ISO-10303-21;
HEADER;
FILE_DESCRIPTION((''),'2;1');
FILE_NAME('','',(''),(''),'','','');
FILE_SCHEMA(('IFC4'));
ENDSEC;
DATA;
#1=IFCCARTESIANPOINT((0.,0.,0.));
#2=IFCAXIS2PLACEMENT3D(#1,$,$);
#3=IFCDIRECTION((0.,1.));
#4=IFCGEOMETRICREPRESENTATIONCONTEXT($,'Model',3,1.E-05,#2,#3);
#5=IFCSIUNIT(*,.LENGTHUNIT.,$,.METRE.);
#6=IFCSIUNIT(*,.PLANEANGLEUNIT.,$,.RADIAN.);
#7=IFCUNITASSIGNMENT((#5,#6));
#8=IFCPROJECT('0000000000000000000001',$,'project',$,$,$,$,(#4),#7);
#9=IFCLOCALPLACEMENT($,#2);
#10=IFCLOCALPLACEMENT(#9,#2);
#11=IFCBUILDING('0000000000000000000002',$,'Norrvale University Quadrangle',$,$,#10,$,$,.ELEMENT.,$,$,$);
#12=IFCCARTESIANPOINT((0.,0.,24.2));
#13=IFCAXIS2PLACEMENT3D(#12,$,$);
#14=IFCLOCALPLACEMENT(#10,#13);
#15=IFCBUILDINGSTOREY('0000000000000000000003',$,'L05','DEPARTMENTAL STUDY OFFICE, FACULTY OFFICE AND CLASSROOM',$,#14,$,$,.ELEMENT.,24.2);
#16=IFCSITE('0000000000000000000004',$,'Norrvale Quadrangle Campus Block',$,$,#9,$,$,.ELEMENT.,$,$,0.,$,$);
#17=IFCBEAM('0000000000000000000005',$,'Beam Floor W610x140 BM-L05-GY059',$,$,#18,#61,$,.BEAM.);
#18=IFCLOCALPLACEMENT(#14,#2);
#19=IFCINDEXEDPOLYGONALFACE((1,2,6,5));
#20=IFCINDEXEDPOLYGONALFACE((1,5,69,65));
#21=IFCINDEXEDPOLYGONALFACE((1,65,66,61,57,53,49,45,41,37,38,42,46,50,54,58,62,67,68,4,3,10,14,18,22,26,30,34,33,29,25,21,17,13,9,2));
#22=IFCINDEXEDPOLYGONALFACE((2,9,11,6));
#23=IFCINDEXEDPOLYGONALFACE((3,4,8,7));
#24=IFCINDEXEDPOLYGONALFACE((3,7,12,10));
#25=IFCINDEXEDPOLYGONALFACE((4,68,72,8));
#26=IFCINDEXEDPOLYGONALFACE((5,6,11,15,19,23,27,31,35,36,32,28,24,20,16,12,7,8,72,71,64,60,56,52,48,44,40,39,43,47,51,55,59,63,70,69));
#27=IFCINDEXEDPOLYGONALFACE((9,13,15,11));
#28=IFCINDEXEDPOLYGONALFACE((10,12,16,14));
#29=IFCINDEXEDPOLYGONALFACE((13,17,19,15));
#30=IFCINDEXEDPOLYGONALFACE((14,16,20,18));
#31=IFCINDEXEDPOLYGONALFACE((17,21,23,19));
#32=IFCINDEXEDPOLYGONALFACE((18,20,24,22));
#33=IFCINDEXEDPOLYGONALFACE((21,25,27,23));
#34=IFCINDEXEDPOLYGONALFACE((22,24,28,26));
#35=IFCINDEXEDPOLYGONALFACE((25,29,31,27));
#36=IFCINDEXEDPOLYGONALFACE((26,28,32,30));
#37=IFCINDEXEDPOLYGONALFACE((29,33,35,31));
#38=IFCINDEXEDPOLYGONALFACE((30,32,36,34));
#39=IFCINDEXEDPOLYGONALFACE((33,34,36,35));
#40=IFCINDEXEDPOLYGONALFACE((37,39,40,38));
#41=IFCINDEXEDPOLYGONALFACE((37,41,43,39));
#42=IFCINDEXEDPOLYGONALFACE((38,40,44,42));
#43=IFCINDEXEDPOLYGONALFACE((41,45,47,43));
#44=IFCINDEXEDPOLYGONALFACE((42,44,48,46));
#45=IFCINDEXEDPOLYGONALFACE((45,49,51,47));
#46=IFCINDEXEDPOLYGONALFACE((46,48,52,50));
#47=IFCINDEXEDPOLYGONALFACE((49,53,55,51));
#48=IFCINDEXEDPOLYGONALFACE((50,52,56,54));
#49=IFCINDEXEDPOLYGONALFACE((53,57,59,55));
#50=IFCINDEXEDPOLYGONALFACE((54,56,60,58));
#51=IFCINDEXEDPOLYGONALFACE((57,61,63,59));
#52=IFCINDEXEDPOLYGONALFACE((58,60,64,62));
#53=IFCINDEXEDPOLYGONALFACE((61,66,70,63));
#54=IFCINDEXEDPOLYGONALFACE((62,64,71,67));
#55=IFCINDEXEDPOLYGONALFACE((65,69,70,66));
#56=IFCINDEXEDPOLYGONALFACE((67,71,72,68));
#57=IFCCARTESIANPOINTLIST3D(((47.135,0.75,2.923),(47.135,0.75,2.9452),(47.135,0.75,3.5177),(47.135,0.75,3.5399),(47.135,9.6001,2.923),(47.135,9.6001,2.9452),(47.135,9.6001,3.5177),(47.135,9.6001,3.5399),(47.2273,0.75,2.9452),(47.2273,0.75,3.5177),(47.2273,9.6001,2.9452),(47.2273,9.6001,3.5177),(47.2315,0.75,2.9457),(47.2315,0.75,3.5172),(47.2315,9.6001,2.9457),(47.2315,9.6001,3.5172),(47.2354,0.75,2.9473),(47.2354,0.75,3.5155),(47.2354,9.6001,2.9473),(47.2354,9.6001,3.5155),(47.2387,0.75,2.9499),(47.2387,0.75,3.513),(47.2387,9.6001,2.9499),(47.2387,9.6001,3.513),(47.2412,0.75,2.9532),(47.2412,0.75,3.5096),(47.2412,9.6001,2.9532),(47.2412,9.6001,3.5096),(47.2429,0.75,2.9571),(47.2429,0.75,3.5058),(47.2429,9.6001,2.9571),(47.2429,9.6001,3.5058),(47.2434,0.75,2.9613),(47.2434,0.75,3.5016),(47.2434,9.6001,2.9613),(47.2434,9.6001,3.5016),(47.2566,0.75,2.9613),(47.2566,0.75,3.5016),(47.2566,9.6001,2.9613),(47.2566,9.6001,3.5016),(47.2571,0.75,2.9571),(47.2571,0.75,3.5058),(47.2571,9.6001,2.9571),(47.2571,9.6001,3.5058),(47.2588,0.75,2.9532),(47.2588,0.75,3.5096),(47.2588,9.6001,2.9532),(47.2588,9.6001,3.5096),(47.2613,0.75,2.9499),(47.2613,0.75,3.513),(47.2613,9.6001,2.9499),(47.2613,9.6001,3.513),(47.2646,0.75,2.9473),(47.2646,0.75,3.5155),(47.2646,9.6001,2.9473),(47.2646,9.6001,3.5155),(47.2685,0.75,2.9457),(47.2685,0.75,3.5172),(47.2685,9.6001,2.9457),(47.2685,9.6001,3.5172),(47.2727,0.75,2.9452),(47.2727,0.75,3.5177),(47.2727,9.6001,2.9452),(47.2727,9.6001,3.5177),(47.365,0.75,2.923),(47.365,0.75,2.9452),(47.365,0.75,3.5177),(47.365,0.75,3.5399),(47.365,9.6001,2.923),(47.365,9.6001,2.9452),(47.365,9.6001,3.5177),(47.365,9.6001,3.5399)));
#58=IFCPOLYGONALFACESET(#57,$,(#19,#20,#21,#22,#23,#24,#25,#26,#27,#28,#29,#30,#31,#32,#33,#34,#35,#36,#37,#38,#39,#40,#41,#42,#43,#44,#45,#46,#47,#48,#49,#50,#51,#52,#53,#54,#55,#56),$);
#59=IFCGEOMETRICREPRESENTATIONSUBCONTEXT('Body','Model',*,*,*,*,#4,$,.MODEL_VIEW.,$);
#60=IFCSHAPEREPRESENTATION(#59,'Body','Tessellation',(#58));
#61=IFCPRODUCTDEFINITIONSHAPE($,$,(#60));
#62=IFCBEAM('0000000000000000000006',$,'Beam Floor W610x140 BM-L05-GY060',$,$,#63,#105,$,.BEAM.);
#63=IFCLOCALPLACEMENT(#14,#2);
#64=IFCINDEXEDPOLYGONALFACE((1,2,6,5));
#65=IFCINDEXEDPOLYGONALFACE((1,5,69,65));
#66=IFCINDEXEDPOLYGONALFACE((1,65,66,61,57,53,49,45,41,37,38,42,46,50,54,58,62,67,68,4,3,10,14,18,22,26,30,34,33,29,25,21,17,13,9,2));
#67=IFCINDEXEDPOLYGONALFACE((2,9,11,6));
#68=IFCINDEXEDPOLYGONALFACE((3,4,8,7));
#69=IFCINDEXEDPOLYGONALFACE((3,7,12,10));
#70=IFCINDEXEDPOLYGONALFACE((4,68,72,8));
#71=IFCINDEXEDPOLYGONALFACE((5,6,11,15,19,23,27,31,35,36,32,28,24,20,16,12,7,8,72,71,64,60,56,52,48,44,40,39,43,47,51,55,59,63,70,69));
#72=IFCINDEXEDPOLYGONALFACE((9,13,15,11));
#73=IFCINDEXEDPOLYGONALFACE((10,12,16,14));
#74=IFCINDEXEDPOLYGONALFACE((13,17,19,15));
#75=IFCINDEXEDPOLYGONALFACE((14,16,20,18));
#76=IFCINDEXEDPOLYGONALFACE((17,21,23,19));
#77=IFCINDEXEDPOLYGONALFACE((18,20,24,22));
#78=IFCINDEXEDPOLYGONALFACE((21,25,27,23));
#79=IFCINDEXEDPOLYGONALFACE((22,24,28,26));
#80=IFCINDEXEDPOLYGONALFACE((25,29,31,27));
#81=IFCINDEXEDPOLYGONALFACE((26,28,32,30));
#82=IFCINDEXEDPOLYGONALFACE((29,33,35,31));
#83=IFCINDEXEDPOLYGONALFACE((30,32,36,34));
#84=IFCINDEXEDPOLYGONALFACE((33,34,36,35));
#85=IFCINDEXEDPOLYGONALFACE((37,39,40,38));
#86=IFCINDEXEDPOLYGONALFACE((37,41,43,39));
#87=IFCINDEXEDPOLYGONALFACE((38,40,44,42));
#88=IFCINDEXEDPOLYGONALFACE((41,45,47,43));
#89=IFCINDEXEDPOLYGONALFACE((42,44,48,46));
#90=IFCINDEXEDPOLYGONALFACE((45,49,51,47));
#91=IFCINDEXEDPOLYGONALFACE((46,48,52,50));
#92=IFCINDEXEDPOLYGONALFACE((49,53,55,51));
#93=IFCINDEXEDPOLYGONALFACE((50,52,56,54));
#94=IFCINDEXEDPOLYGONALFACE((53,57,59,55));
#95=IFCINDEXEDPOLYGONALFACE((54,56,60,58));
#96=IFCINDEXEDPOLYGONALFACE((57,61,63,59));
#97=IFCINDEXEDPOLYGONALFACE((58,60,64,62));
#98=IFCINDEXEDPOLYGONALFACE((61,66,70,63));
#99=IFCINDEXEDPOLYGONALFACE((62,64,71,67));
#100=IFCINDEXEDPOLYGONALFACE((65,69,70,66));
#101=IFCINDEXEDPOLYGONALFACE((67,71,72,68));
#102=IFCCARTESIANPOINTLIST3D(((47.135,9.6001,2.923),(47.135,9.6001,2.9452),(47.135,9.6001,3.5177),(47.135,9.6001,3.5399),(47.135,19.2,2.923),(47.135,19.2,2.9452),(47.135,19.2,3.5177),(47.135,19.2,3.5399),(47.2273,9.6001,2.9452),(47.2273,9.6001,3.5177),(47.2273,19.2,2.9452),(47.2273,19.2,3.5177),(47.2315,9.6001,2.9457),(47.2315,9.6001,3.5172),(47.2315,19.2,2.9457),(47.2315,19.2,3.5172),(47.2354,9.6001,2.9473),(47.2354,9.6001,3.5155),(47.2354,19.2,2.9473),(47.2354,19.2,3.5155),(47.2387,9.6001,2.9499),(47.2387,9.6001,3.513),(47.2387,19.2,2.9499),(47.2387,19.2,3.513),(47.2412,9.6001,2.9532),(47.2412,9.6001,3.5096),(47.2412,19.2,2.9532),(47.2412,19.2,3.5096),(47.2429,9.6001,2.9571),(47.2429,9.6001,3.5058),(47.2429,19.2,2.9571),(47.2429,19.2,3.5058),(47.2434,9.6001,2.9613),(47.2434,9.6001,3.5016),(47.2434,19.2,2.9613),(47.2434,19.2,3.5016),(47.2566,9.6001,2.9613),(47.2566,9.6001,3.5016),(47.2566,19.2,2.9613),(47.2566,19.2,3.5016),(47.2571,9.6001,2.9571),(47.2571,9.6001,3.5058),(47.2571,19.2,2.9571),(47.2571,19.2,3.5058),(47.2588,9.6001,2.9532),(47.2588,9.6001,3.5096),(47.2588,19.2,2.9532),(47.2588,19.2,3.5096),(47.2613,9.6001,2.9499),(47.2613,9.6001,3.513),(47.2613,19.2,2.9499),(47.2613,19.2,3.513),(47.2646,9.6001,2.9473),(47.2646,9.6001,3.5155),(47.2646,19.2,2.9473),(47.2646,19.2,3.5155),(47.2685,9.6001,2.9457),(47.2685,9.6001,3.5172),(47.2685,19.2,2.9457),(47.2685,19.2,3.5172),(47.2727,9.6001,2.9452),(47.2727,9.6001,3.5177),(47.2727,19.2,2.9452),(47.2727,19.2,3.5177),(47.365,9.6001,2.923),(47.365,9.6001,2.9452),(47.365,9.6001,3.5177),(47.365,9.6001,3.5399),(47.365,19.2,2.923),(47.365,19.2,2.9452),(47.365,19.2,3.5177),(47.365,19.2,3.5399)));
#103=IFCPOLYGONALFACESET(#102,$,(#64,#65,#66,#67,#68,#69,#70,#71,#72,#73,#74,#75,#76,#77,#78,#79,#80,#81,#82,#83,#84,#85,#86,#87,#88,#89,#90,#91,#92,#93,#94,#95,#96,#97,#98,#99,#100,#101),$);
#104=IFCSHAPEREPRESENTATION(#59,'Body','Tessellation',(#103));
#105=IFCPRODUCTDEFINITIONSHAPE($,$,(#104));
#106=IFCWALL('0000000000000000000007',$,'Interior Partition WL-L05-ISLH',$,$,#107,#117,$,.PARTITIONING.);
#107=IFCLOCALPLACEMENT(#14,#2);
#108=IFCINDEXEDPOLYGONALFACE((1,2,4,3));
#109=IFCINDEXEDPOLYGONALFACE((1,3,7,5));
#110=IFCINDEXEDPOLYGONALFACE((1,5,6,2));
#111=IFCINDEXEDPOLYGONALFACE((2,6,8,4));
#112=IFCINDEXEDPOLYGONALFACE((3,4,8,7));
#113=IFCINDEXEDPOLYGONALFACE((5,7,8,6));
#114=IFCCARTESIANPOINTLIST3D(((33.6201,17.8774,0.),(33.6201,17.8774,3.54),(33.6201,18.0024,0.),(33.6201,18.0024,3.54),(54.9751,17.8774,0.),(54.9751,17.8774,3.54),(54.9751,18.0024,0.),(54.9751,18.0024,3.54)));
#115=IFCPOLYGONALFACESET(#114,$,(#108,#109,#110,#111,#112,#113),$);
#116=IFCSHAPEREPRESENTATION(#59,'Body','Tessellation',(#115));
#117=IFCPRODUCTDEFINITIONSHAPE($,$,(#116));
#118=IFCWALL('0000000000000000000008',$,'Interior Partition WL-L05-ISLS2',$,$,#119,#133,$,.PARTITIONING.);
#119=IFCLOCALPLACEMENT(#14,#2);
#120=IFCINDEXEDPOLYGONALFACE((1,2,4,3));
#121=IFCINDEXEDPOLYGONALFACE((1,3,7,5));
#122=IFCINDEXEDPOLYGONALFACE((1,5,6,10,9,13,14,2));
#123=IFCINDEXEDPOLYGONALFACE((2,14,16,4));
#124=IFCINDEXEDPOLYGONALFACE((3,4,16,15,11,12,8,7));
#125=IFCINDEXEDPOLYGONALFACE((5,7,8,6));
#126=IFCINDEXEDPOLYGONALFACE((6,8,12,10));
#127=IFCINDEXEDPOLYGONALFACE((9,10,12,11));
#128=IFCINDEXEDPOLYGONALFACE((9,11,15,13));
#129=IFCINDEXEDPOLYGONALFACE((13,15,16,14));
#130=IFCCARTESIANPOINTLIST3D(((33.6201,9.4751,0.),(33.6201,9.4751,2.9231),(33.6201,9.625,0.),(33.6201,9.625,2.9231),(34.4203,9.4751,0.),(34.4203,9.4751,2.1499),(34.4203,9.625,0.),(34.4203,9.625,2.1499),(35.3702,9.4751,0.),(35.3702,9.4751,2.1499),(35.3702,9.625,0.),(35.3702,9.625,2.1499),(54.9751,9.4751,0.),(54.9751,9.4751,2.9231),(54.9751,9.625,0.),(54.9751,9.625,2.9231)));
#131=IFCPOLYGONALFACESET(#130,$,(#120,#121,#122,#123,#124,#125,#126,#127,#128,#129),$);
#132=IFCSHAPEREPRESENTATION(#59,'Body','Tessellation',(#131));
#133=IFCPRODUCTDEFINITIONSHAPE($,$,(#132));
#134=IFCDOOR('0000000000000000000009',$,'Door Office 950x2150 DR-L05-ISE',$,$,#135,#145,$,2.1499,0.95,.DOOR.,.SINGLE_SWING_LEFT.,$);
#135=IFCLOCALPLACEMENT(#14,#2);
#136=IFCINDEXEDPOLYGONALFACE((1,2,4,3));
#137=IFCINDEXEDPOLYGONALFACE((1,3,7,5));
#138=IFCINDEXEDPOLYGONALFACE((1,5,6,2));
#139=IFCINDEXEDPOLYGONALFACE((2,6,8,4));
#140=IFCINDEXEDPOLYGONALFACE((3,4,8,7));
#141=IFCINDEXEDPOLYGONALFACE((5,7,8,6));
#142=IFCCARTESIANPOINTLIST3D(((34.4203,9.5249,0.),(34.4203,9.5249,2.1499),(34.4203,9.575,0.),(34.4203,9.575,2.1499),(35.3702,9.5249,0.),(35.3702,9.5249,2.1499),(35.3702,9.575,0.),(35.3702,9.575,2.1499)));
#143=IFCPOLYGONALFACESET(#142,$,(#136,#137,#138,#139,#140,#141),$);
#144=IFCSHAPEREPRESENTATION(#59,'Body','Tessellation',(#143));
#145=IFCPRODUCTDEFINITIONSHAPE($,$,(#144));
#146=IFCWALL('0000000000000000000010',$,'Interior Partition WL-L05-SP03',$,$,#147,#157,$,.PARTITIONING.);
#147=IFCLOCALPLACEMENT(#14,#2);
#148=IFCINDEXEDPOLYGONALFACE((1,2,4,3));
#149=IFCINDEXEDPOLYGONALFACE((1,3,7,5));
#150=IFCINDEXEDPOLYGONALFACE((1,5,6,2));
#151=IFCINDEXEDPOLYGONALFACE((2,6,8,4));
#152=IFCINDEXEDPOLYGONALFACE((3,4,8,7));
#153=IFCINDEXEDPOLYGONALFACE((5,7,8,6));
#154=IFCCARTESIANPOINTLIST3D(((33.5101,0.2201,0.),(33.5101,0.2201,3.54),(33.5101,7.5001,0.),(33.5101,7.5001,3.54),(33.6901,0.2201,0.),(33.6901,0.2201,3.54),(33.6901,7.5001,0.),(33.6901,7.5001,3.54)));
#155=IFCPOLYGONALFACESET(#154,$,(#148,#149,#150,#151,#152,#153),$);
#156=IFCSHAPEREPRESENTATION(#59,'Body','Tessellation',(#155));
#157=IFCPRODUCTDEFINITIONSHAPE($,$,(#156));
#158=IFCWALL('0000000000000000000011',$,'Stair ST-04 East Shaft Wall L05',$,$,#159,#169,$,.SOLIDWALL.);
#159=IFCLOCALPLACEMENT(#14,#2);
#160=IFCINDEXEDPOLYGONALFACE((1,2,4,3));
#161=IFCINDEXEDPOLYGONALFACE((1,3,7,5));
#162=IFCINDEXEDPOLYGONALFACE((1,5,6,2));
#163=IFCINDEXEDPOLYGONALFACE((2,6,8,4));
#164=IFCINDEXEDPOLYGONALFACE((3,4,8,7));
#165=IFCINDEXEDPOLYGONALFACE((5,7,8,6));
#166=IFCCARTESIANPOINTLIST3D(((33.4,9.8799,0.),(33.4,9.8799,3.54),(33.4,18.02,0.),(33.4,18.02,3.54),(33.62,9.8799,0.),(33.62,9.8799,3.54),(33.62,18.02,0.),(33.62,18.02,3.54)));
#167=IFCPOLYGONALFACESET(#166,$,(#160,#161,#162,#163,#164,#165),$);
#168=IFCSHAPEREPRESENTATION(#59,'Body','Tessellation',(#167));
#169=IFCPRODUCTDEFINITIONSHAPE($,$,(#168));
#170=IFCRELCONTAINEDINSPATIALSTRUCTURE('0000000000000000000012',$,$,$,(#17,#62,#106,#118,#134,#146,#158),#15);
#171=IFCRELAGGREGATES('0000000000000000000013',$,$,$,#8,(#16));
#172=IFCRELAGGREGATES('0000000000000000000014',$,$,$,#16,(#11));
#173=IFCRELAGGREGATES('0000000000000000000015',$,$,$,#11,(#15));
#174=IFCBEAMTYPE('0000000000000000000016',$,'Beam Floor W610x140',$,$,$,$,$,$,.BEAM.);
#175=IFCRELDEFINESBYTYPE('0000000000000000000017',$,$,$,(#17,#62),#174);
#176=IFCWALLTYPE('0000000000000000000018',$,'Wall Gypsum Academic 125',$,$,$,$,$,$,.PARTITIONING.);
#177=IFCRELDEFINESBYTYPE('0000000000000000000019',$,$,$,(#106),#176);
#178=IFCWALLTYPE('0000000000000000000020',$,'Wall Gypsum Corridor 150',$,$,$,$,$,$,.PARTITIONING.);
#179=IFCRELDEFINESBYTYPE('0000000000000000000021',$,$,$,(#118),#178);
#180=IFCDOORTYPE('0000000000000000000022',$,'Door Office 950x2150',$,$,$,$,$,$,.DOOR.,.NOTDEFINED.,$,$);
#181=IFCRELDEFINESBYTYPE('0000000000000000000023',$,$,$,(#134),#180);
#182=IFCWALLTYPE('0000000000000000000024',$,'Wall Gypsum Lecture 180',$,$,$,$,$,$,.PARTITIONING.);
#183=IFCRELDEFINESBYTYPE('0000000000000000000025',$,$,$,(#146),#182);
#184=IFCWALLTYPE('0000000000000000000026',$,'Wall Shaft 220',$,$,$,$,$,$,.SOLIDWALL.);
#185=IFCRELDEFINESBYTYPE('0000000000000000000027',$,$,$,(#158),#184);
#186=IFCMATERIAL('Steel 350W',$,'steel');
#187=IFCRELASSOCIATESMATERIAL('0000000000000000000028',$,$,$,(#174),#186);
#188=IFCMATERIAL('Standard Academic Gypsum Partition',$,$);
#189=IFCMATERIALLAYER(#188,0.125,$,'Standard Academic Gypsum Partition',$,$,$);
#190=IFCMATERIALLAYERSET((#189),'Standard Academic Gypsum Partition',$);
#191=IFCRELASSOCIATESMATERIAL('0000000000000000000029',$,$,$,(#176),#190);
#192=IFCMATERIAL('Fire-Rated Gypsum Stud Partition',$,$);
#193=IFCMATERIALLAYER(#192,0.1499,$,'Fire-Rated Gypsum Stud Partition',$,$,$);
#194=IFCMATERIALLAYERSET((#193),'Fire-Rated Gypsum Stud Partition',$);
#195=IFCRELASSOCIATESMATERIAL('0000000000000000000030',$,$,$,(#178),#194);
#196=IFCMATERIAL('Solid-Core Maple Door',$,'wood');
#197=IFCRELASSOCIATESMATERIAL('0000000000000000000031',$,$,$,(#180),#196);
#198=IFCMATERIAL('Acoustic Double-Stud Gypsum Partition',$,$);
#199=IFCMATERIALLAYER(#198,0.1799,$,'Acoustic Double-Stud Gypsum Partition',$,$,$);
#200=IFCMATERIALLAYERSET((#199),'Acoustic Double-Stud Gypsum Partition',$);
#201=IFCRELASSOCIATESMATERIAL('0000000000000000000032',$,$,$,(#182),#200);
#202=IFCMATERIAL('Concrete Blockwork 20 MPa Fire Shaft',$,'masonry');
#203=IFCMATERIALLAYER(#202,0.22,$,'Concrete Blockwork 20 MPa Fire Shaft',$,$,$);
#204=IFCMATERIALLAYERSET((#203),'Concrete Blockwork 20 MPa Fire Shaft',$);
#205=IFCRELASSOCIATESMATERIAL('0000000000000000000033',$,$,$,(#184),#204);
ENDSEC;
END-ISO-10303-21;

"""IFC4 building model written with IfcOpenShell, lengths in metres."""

from ifc_helpers import new_model, si_unit, direction, frame, frame_2d, origin, origin_2d, place, context, subcontext, project, spatial, rectangle, i_section, extrude, material, layer, layer_set, material_profile, profile_set, type_object, element, fill, save


model = new_model("IFC4")

# Units and contexts
model_context = context("Model", 3, precision=1e-05, world=origin(), true_north=direction((0.0, 1.0)))
body_context = subcontext(model_context, "Body", "Model", "MODEL_VIEW")
ifc_project = project(units=[si_unit("LENGTHUNIT", "METRE"), si_unit("PLANEANGLEUNIT", "RADIAN")], contexts=[model_context])

# Site, building, storey
site_placement = place(None, origin())
site = spatial("IfcSite", under=ifc_project, at=site_placement, Name="Norrvale Quadrangle Campus Block", CompositionType="ELEMENT", RefElevation=0.0)
building_placement = place(site_placement, origin())
building = spatial("IfcBuilding", under=site, at=building_placement, Name="Norrvale University Quadrangle", CompositionType="ELEMENT")
storey_placement = place(building_placement, frame((0.0, 0.0, 24.2)))
storey = spatial("IfcBuildingStorey", under=building, at=storey_placement, Name="L05", Description="DEPARTMENTAL STUDY OFFICE, FACULTY OFFICE AND CLASSROOM", CompositionType="ELEMENT", Elevation=24.2)

# Beams
ifc_material_1 = material(Name="Steel 350W", Category="steel")
ifc_material_profile_1 = material_profile(ifc_material_1, i_section(OverallWidth=0.23, OverallDepth=0.6169, WebThickness=0.0132, FlangeThickness=0.0222, FilletRadius=0.0161, at=origin_2d()), Name="Steel 350W")
ifc_profile_set_1 = profile_set([ifc_material_profile_1], Name="Steel 350W")
beam_type_1 = type_object("IfcBeamType", Name="Beam Floor W610x140", PredefinedType="BEAM", material=ifc_profile_set_1)
beam_1_placement = place(storey_placement, frame((47.25, 0.75, 3.2314), z_axis=(0.0, 1.0, 0.0), x_axis=(-1.0, 0.0, 0.0)))
element("IfcBeam", 1, at=beam_1_placement, inside=storey, type_object=beam_type_1, Name="Beam Floor W610x140 BM-L05-GY059", PredefinedType="BEAM", context=body_context, shape_type="SweptSolid", body=[
    extrude(i_section(OverallWidth=0.23, OverallDepth=0.6169, WebThickness=0.0132, FlangeThickness=0.0222, FilletRadius=0.0161, at=origin_2d()), origin(), (0.0, 0.0, 1.0), 8.8501),
])
beam_2_placement = place(storey_placement, frame((47.25, 9.6001, 3.2314), z_axis=(0.0, 1.0, 0.0), x_axis=(-1.0, 0.0, 0.0)))
element("IfcBeam", 2, at=beam_2_placement, inside=storey, type_object=beam_type_1, Name="Beam Floor W610x140 BM-L05-GY060", PredefinedType="BEAM", context=body_context, shape_type="SweptSolid", body=[
    extrude(i_section(OverallWidth=0.23, OverallDepth=0.6169, WebThickness=0.0132, FlangeThickness=0.0222, FilletRadius=0.0161, at=origin_2d()), origin(), (0.0, 0.0, 1.0), 9.5999),
])

# Wall
ifc_material_2 = material(Name="Standard Academic Gypsum Partition")
ifc_layer_1 = layer(ifc_material_2, 0.125, Name="Standard Academic Gypsum Partition")
ifc_layer_set_1 = layer_set([ifc_layer_1], Name="Standard Academic Gypsum Partition")
wall_type_1 = type_object("IfcWallType", Name="Wall Gypsum Academic 125", PredefinedType="PARTITIONING", material=ifc_layer_set_1)
wall_1_placement = place(storey_placement, frame((33.6201, 17.9399, 0.0), z_axis=(0.0, 0.0, 1.0), x_axis=(1.0, 0.0, 0.0)))
element("IfcWall", 3, at=wall_1_placement, inside=storey, type_object=wall_type_1, Name="Interior Partition WL-L05-ISLH", PredefinedType="PARTITIONING", context=body_context, shape_type="SweptSolid", body=[
    extrude(rectangle(XDim=21.355, YDim=0.125, at=frame_2d((10.6775, 0.0))), origin(), (0.0, 0.0, 1.0), 3.54),
])

# Wall, opening, door
ifc_material_3 = material(Name="Fire-Rated Gypsum Stud Partition")
ifc_layer_2 = layer(ifc_material_3, 0.1499, Name="Fire-Rated Gypsum Stud Partition")
ifc_layer_set_2 = layer_set([ifc_layer_2], Name="Fire-Rated Gypsum Stud Partition")
wall_type_2 = type_object("IfcWallType", Name="Wall Gypsum Corridor 150", PredefinedType="PARTITIONING", material=ifc_layer_set_2)
wall_2_placement = place(storey_placement, frame((33.6201, 9.55, 0.0), z_axis=(0.0, 0.0, 1.0), x_axis=(1.0, 0.0, 0.0)))
wall_2 = element("IfcWall", 4, at=wall_2_placement, inside=storey, type_object=wall_type_2, Name="Interior Partition WL-L05-ISLS2", PredefinedType="PARTITIONING", context=body_context, shape_type="SweptSolid", body=[
    extrude(rectangle(XDim=21.355, YDim=0.1499, at=frame_2d((10.6775, 0.0))), origin(), (0.0, 0.0, 1.0), 2.9231),
])
opening_placement = place(wall_2_placement, frame((0.8, 0.0, 0.0)))
opening = element("IfcOpeningElement", 5, at=opening_placement, cuts=wall_2, PredefinedType="OPENING", context=body_context, shape_type="SweptSolid", body=[
    extrude(rectangle(XDim=0.95, YDim=2.1499, at=frame_2d((0.4751, 1.075))), frame((0.0, 0.0869, 0.0), z_axis=(0.0, -1.0, 0.0), x_axis=(1.0, 0.0, 0.0)), (0.0, 0.0, 1.0), 0.1738),
])
ifc_material_4 = material(Name="Solid-Core Maple Door", Category="wood")
door_type = type_object("IfcDoorType", Name="Door Office 950x2150", OperationType="NOTDEFINED", PredefinedType="DOOR", material=ifc_material_4)
door_placement = place(opening_placement, origin())
door = element("IfcDoor", 6, at=door_placement, inside=storey, type_object=door_type, Name="Door Office 950x2150 DR-L05-ISE", OperationType="SINGLE_SWING_LEFT", OverallHeight=2.1499, OverallWidth=0.95, PredefinedType="DOOR", context=body_context, shape_type="SweptSolid", body=[
    extrude(rectangle(XDim=0.95, YDim=2.1499, at=frame_2d((0.4751, 1.075))), frame((0.0, 0.0249, 0.0), z_axis=(0.0, -1.0, 0.0), x_axis=(1.0, 0.0, 0.0)), (0.0, 0.0, 1.0), 0.05),
])
fill(opening, door)

# Walls
ifc_material_5 = material(Name="Acoustic Double-Stud Gypsum Partition")
ifc_layer_3 = layer(ifc_material_5, 0.1799, Name="Acoustic Double-Stud Gypsum Partition")
ifc_layer_set_3 = layer_set([ifc_layer_3], Name="Acoustic Double-Stud Gypsum Partition")
wall_type_3 = type_object("IfcWallType", Name="Wall Gypsum Lecture 180", PredefinedType="PARTITIONING", material=ifc_layer_set_3)
wall_3_placement = place(storey_placement, frame((33.6001, 0.22, 0.0), z_axis=(0.0, 0.0, 1.0), x_axis=(0.0, 1.0, 0.0)))
element("IfcWall", 7, at=wall_3_placement, inside=storey, type_object=wall_type_3, Name="Interior Partition WL-L05-SP03", PredefinedType="PARTITIONING", context=body_context, shape_type="SweptSolid", body=[
    extrude(rectangle(XDim=7.28, YDim=0.1799, at=frame_2d((3.6401, 0.0))), origin(), (0.0, 0.0, 1.0), 3.54),
])
ifc_material_6 = material(Name="Concrete Blockwork 20 MPa Fire Shaft", Category="masonry")
ifc_layer_4 = layer(ifc_material_6, 0.22, Name="Concrete Blockwork 20 MPa Fire Shaft")
ifc_layer_set_4 = layer_set([ifc_layer_4], Name="Concrete Blockwork 20 MPa Fire Shaft")
wall_type_4 = type_object("IfcWallType", Name="Wall Shaft 220", PredefinedType="SOLIDWALL", material=ifc_layer_set_4)
wall_4_placement = place(storey_placement, frame((33.51, 9.8799, 0.0), z_axis=(0.0, 0.0, 1.0), x_axis=(0.0, 1.0, 0.0)))
element("IfcWall", 8, at=wall_4_placement, inside=storey, type_object=wall_type_4, Name="Stair ST-04 East Shaft Wall L05", PredefinedType="SOLIDWALL", context=body_context, shape_type="SweptSolid", body=[
    extrude(rectangle(XDim=8.1401, YDim=0.22, at=frame_2d((4.0701, 0.0))), origin(), (0.0, 0.0, 1.0), 3.54),
])

save(model, "model.ifc")
